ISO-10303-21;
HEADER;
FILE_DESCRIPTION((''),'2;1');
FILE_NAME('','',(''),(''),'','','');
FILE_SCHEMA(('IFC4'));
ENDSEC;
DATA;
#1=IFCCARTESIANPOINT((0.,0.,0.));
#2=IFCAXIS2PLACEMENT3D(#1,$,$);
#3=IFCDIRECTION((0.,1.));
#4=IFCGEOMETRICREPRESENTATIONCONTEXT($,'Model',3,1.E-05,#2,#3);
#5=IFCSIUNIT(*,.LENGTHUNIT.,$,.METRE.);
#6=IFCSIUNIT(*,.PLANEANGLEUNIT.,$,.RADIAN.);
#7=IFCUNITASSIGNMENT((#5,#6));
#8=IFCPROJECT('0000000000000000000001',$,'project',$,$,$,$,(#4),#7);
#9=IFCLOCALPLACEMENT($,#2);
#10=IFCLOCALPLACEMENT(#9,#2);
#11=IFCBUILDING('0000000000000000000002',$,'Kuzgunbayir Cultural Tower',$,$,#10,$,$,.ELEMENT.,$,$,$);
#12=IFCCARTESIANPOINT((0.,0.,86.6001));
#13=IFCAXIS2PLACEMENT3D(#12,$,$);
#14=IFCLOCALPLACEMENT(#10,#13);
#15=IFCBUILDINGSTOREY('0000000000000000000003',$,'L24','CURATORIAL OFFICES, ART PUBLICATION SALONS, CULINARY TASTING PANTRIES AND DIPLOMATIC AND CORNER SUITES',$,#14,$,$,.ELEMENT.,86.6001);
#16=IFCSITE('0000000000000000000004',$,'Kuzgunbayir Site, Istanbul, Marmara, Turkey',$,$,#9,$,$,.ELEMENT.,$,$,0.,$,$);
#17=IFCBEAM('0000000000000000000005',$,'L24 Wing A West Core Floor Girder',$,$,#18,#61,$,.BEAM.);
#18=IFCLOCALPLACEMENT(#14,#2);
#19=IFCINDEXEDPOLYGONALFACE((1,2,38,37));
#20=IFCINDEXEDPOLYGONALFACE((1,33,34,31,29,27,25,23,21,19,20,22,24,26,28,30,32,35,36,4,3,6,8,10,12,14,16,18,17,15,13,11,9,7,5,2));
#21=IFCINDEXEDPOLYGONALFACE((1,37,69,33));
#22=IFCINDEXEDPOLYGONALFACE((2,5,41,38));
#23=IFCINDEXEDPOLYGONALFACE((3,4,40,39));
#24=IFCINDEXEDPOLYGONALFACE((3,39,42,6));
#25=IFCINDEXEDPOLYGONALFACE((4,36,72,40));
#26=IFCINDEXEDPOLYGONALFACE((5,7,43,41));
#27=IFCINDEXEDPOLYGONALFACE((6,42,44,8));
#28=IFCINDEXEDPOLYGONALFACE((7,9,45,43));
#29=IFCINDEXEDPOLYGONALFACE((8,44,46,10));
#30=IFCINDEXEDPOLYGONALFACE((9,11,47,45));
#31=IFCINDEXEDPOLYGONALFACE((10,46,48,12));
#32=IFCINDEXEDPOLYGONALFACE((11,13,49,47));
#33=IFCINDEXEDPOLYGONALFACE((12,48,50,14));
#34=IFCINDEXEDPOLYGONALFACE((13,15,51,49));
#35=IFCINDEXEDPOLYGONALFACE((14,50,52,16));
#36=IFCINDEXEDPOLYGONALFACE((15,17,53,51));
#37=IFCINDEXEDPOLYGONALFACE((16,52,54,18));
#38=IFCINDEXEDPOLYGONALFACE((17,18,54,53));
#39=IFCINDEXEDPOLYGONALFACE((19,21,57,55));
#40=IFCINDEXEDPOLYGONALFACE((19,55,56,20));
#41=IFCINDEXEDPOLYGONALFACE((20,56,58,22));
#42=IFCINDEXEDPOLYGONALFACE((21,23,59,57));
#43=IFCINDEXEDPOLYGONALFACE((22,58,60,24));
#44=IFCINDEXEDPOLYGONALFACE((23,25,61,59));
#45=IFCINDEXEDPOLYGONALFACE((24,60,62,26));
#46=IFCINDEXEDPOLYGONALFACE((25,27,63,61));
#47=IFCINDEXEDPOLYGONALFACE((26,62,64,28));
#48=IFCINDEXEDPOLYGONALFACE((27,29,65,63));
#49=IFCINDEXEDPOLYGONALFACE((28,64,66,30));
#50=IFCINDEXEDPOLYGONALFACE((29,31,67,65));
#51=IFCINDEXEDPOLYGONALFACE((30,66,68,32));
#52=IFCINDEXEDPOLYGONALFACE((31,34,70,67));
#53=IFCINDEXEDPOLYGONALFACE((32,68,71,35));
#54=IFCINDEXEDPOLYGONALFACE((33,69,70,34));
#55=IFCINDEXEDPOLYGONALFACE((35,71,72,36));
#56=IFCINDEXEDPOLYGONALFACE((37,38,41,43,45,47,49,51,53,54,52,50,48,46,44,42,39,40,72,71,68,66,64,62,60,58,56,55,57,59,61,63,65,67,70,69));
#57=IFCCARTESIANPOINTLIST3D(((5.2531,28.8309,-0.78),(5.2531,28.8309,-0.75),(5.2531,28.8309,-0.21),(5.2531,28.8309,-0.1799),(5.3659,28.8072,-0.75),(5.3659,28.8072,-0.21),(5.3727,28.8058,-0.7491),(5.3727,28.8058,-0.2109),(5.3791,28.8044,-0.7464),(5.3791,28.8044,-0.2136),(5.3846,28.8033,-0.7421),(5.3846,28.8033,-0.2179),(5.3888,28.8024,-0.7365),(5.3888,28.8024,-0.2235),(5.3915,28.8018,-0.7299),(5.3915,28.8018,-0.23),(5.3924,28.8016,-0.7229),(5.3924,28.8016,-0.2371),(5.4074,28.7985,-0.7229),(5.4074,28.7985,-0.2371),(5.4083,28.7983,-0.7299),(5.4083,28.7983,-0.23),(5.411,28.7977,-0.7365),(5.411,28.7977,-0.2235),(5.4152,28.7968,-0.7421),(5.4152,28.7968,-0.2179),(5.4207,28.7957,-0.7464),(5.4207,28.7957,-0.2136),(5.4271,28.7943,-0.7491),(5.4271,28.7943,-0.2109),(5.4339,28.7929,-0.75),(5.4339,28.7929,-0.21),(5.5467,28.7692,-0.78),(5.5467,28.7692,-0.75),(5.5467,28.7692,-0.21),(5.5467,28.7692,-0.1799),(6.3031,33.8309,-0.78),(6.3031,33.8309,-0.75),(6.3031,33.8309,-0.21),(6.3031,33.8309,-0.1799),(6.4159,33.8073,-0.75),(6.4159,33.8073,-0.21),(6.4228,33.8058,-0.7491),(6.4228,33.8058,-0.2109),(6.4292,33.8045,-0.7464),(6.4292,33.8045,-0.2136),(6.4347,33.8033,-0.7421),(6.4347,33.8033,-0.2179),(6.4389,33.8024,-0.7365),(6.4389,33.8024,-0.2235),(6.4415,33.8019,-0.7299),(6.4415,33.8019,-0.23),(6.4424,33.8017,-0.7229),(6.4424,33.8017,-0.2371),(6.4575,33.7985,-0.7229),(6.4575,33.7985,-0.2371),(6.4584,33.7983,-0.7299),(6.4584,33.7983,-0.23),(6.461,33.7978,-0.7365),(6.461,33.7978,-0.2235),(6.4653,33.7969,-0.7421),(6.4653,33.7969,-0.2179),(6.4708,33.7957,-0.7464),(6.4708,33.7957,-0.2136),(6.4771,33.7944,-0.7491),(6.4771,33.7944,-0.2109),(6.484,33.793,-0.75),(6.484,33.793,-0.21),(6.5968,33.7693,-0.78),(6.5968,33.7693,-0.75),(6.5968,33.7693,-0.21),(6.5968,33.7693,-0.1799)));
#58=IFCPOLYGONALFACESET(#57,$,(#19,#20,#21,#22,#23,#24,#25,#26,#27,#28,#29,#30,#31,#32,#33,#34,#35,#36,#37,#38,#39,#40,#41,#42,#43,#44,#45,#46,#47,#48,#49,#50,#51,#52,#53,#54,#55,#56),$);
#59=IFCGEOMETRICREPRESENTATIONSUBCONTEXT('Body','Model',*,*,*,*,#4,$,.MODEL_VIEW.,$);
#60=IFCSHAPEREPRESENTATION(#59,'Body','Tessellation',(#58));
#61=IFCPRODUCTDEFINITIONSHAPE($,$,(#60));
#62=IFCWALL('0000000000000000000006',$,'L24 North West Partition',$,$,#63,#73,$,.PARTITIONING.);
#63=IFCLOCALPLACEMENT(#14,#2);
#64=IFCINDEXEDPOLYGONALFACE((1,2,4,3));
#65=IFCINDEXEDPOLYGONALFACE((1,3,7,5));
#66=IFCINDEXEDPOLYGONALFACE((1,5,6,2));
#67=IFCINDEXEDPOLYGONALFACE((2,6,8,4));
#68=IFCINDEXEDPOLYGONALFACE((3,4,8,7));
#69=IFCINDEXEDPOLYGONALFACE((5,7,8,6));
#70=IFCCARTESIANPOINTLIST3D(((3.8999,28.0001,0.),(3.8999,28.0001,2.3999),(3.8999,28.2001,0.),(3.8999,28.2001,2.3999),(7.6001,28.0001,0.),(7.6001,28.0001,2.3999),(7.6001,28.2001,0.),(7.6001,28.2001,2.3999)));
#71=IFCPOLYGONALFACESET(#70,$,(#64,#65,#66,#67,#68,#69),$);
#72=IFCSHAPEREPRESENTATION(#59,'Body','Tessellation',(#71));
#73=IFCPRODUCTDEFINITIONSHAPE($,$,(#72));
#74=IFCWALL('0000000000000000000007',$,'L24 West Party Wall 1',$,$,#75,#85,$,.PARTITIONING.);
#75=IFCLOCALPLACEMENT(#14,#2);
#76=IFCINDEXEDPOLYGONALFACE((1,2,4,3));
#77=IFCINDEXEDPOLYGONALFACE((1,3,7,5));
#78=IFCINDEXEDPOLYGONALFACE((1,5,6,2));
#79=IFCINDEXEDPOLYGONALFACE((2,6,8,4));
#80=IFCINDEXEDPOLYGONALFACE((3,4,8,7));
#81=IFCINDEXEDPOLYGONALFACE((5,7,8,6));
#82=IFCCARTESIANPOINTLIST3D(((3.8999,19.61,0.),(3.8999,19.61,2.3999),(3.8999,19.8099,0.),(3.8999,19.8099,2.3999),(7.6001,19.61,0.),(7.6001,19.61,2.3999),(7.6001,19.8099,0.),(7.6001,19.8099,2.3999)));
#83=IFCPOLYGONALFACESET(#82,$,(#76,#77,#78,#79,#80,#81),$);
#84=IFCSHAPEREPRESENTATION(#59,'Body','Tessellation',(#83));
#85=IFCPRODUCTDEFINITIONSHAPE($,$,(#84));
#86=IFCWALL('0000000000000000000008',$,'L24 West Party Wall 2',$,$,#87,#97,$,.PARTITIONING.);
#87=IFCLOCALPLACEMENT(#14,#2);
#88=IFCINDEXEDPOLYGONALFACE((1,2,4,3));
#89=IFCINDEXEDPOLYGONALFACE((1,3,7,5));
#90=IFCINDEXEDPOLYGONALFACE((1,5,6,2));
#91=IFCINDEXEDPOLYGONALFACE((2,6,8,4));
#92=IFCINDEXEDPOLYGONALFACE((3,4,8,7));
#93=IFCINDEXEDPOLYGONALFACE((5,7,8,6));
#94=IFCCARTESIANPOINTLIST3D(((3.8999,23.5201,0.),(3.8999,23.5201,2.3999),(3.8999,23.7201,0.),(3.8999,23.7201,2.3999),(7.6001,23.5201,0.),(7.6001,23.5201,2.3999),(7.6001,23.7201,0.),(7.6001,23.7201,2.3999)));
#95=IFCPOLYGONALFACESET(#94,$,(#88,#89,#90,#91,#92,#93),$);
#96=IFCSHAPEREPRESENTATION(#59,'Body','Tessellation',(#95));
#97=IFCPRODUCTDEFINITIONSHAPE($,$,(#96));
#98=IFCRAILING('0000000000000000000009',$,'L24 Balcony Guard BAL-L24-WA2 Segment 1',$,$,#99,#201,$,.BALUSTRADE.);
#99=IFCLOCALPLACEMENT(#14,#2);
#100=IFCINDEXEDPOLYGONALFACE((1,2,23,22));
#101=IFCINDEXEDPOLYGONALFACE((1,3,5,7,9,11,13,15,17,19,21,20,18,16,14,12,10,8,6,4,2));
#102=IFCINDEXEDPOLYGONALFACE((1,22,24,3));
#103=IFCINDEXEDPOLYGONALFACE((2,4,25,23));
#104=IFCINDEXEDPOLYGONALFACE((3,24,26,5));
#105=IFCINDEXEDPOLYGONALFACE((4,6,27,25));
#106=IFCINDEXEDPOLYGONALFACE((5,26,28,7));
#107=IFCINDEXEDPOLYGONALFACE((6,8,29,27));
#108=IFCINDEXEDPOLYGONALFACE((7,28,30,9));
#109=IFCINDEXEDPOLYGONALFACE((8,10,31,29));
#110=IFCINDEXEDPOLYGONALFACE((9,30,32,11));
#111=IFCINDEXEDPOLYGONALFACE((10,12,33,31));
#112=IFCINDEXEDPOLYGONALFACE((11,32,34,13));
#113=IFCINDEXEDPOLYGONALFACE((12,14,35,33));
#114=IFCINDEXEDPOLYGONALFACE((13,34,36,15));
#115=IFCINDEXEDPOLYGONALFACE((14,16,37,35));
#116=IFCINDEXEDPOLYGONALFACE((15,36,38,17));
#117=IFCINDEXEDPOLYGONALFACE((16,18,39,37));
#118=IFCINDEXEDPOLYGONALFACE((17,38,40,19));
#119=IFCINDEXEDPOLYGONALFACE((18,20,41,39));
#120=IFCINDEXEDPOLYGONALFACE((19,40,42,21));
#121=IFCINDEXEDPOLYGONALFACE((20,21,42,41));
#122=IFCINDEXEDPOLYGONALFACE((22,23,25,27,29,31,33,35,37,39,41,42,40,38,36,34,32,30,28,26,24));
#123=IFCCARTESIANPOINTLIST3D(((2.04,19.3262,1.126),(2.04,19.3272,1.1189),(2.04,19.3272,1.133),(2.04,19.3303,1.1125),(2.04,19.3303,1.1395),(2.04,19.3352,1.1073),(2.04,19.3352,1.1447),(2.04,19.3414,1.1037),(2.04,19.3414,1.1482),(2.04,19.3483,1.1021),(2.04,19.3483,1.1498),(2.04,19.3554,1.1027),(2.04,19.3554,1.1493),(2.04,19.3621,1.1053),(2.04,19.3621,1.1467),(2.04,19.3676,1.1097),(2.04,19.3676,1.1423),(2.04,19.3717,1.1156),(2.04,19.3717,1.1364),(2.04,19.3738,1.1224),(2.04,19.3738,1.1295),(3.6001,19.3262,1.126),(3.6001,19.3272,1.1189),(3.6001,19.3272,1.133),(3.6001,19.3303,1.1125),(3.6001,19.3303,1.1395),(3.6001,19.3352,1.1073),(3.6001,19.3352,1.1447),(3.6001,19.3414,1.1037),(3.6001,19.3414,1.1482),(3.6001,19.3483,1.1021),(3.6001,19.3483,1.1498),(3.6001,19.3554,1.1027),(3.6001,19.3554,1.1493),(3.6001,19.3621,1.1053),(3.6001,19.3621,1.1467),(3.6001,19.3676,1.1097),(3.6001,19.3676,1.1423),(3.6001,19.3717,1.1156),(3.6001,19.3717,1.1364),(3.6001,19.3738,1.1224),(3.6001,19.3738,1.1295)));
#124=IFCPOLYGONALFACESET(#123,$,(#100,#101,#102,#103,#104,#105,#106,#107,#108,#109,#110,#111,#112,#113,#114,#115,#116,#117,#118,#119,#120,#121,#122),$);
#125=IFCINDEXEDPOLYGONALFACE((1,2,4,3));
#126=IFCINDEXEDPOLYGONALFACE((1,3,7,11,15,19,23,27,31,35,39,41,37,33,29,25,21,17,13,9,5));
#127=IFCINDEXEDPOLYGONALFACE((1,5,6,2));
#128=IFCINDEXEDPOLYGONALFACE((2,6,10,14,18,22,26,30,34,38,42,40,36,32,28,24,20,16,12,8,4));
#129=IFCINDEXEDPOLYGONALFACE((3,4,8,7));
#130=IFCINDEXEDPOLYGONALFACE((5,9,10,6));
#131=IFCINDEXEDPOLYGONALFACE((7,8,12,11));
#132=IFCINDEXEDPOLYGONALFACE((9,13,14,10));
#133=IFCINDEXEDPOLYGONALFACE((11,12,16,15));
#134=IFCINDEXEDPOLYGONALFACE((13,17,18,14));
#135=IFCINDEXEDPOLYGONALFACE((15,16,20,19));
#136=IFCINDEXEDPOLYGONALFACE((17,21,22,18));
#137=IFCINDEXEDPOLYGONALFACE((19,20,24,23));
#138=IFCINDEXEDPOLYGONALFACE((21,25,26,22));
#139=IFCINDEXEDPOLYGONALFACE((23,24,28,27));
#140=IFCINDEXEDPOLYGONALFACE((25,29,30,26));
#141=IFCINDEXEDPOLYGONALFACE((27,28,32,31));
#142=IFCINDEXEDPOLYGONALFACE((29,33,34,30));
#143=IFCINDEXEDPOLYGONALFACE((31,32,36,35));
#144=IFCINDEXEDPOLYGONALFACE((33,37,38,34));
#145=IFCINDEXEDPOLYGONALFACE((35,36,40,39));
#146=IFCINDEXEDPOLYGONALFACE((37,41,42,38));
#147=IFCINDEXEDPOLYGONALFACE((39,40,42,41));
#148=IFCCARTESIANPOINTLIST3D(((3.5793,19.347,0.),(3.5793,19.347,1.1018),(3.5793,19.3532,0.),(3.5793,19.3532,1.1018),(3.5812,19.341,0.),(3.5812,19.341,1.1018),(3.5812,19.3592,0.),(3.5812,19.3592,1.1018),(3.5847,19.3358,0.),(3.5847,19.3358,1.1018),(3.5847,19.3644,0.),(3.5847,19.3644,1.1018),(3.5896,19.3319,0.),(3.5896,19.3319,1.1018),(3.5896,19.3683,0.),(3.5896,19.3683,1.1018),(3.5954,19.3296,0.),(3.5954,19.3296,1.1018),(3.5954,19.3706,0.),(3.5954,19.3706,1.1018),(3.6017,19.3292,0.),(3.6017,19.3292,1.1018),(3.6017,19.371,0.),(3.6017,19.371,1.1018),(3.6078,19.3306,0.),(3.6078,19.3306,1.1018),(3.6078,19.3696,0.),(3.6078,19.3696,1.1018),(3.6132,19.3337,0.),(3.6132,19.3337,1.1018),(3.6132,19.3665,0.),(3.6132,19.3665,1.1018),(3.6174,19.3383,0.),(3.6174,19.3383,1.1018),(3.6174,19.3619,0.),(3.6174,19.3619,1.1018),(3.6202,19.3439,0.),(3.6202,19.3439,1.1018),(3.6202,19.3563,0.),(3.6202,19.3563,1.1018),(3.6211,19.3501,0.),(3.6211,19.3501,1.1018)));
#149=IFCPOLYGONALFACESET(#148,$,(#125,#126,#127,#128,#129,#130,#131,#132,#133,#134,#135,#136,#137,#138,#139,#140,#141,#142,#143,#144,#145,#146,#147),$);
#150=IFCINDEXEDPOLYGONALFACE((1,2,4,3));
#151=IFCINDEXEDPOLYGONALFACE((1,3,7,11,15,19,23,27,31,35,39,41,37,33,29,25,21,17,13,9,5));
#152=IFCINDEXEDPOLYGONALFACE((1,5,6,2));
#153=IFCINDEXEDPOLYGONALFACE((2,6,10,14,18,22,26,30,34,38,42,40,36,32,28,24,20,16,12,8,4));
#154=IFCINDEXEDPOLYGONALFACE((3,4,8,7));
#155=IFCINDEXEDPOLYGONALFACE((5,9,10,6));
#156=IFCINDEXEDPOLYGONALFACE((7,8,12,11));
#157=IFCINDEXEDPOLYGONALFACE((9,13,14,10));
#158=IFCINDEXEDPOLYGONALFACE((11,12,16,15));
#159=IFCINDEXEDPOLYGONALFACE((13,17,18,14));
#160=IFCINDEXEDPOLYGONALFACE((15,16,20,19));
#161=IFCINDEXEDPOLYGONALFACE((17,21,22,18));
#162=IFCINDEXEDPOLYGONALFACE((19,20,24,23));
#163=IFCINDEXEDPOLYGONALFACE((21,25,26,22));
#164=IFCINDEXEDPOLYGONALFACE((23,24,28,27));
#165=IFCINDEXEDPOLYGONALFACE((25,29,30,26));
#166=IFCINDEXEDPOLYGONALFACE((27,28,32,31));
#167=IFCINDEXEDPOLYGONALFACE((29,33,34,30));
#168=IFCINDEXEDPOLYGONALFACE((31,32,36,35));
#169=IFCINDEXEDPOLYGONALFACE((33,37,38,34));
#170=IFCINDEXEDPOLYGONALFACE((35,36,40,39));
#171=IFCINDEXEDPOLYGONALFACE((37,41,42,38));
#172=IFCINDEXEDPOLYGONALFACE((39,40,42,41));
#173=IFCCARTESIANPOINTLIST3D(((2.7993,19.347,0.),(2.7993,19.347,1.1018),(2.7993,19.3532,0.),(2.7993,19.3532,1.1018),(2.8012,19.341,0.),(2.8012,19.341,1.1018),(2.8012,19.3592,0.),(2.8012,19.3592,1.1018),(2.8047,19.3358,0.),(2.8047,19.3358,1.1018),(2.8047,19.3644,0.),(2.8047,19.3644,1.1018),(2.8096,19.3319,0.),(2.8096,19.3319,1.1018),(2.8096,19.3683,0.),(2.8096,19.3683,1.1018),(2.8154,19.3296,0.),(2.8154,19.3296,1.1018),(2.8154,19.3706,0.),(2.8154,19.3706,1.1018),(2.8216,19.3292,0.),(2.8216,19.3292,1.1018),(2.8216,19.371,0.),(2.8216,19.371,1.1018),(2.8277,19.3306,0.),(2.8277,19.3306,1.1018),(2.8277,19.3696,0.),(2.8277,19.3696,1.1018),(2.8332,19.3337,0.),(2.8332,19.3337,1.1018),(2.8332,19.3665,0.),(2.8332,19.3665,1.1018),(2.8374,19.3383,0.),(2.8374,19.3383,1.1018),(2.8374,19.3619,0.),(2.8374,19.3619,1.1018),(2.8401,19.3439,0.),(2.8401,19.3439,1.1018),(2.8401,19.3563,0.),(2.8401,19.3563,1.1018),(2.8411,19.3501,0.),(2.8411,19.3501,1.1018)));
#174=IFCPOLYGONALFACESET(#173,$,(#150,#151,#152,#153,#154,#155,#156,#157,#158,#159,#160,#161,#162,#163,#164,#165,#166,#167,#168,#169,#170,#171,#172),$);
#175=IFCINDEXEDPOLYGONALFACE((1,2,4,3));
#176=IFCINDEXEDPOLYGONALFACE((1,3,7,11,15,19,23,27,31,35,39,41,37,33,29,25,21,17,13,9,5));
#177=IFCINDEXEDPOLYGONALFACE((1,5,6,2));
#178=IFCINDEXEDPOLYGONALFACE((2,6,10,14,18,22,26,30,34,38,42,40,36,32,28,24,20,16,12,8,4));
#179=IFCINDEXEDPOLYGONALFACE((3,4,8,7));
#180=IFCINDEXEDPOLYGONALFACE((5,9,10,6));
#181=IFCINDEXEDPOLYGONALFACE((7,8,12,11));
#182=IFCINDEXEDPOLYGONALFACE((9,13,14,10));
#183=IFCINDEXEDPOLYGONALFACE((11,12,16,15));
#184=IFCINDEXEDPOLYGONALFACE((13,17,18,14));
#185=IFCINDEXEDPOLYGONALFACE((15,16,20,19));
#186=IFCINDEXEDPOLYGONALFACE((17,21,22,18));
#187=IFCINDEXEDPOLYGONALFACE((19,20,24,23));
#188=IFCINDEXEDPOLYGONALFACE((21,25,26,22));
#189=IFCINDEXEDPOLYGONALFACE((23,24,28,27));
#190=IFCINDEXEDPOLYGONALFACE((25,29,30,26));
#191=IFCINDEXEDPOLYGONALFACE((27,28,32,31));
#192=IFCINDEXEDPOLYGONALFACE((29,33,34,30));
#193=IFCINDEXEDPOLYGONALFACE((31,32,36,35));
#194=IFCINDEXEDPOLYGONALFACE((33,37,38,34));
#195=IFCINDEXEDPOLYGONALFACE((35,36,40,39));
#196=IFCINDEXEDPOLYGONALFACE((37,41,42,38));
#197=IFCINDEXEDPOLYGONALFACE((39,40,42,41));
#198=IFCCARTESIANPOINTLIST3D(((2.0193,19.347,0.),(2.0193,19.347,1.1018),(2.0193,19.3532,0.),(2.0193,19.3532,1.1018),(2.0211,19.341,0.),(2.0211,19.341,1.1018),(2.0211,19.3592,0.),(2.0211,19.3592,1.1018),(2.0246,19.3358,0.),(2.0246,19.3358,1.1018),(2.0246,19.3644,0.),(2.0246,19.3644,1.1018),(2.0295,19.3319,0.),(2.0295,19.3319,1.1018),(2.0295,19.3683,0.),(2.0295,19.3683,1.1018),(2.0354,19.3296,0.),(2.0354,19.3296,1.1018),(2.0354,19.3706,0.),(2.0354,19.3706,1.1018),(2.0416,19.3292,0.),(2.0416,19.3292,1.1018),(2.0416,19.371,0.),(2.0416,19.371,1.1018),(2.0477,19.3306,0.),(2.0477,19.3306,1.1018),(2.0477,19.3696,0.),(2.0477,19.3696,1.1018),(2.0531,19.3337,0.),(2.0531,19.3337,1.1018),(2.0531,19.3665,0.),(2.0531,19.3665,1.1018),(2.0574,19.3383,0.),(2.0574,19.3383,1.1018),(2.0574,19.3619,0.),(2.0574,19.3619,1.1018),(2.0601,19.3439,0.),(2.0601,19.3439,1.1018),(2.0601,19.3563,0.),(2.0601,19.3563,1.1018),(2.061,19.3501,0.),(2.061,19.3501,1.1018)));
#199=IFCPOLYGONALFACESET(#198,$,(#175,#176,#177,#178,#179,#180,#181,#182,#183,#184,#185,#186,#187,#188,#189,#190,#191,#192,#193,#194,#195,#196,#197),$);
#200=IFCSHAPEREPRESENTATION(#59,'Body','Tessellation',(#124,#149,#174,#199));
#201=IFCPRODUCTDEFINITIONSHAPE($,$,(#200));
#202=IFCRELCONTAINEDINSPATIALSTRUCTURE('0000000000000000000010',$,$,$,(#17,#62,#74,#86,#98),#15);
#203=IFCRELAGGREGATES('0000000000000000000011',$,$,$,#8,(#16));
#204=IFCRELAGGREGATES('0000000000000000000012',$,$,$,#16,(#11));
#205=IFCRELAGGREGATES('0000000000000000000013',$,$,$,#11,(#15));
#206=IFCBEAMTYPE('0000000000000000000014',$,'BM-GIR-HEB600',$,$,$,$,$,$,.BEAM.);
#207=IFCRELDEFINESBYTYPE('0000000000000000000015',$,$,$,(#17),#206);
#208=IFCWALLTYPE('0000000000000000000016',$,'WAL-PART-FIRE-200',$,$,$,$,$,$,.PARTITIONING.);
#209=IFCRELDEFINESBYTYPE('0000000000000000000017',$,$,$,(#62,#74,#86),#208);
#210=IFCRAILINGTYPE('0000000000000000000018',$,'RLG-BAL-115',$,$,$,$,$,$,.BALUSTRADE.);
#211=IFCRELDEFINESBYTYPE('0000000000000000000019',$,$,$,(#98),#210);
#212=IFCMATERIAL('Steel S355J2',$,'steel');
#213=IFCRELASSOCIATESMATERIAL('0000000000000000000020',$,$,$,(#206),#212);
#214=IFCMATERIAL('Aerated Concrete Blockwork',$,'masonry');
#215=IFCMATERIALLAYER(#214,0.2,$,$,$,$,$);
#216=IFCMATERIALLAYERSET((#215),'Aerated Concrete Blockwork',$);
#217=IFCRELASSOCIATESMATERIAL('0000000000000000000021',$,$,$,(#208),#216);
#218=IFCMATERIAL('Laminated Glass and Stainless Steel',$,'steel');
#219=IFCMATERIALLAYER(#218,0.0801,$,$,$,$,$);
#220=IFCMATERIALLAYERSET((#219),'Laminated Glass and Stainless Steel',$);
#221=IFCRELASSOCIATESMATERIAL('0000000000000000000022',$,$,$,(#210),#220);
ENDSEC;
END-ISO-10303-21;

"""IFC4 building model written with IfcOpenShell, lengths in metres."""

from ifc_helpers import new_model, si_unit, direction, frame, frame_2d, origin, origin_2d, place, context, subcontext, project, spatial, rectangle, circle, i_section, extrude, material, layer, layer_set, material_profile, profile_set, type_object, element, save


model = new_model("IFC4")

# Units and contexts
model_context = context("Model", 3, precision=1e-05, world=origin(), true_north=direction((0.0, 1.0)))
body_context = subcontext(model_context, "Body", "Model", "MODEL_VIEW")
ifc_project = project(units=[si_unit("LENGTHUNIT", "METRE"), si_unit("PLANEANGLEUNIT", "RADIAN")], contexts=[model_context])

# Site, building, storey
site_placement = place(None, origin())
site = spatial("IfcSite", under=ifc_project, at=site_placement, Name="Kuzgunbayir Site, Istanbul, Marmara, Turkey", CompositionType="ELEMENT", RefElevation=0.0)
building_placement = place(site_placement, origin())
building = spatial("IfcBuilding", under=site, at=building_placement, Name="Kuzgunbayir Cultural Tower", CompositionType="ELEMENT")
storey_placement = place(building_placement, frame((0.0, 0.0, 86.6001)))
storey = spatial("IfcBuildingStorey", under=building, at=storey_placement, Name="L24", Description="CURATORIAL OFFICES, ART PUBLICATION SALONS, CULINARY TASTING PANTRIES AND DIPLOMATIC AND CORNER SUITES", CompositionType="ELEMENT", Elevation=86.6001)

# Beam
ifc_material_1 = material(Name="Steel S355J2", Category="steel")
ifc_material_profile_1 = material_profile(ifc_material_1, i_section(OverallWidth=0.3, OverallDepth=0.6001, WebThickness=0.0154, FlangeThickness=0.03, FilletRadius=0.0271, at=origin_2d()), Name="HEB 600")
ifc_profile_set_1 = profile_set([ifc_material_profile_1], Name="Steel S355J2")
beam_type_1 = type_object("IfcBeamType", Name="BM-GIR-HEB600", PredefinedType="BEAM", material=ifc_profile_set_1)
beam_1_placement = place(storey_placement, frame((5.3999, 28.8, -0.48), z_axis=(0.205526, 0.978652, 0.0), x_axis=(-0.978652, 0.205526, 0.0)))
element("IfcBeam", 1, at=beam_1_placement, inside=storey, type_object=beam_type_1, Name="L24 Wing A West Core Floor Girder", PredefinedType="BEAM", context=body_context, shape_type="SweptSolid", body=[
    extrude(i_section(OverallWidth=0.3, OverallDepth=0.6001, WebThickness=0.0154, FlangeThickness=0.03, FilletRadius=0.0271, at=origin_2d()), origin(), (0.0, 0.0, 1.0), 5.1091),
])

# Walls
ifc_material_2 = material(Name="Aerated Concrete Blockwork", Category="masonry")
ifc_layer_1 = layer(ifc_material_2, 0.2)
ifc_layer_set_1 = layer_set([ifc_layer_1], Name="Aerated Concrete Blockwork")
wall_type = type_object("IfcWallType", Name="WAL-PART-FIRE-200", PredefinedType="PARTITIONING", material=ifc_layer_set_1)
for number, where, z_axis, x_axis, name in (
    (2, (3.8999, 28.1001, 0.0), (0.0, 0.0, 1.0), (1.0, 0.0, 0.0), "L24 North West Partition"),
    (3, (3.8999, 19.71, 0.0), (0.0, 0.0, 1.0), (1.0, 0.0, 0.0), "L24 West Party Wall 1"),
    (4, (3.8999, 23.6201, 0.0), (0.0, 0.0, 1.0), (1.0, 0.0, 0.0), "L24 West Party Wall 2"),
):
    element("IfcWall", number, at=place(storey_placement, frame(where, z_axis=z_axis, x_axis=x_axis)), inside=storey, type_object=wall_type, Name=name, PredefinedType="PARTITIONING", context=body_context, shape_type="SweptSolid", body=[
        extrude(rectangle(XDim=3.7002, YDim=0.2, at=frame_2d((1.8501, 0.0))), origin(), (0.0, 0.0, 1.0), 2.3999),
    ])

# Railing
ifc_material_3 = material(Name="Laminated Glass and Stainless Steel", Category="steel")
ifc_layer_2 = layer(ifc_material_3, 0.0801)
ifc_layer_set_2 = layer_set([ifc_layer_2], Name="Laminated Glass and Stainless Steel")
railing_type = type_object("IfcRailingType", Name="RLG-BAL-115", PredefinedType="BALUSTRADE", material=ifc_layer_set_2)
railing_1_placement = place(storey_placement, frame((3.6001, 19.3501, 0.0)))
element("IfcRailing", 5, at=railing_1_placement, inside=storey, type_object=railing_type, Name="L24 Balcony Guard BAL-L24-WA2 Segment 1", PredefinedType="BALUSTRADE", context=body_context, shape_type="SweptSolid", body=[
    extrude(circle(Radius=0.0239, at=origin_2d()), frame((0.0, 0.0, 1.126), z_axis=(-1.0, 0.0, 0.0), x_axis=(0.0, -1.0, 0.0)), (0.0, 0.0, 1.0), 1.5601),
    extrude(circle(Radius=0.021, at=origin_2d()), origin(), (0.0, 0.0, 1.0), 1.1018),
    extrude(circle(Radius=0.021, at=origin_2d()), frame((-0.78, 0.0, 0.0)), (0.0, 0.0, 1.0), 1.1018),
    extrude(circle(Radius=0.021, at=origin_2d()), frame((-1.5601, 0.0, 0.0)), (0.0, 0.0, 1.0), 1.1018),
])

save(model, "model.ifc")
